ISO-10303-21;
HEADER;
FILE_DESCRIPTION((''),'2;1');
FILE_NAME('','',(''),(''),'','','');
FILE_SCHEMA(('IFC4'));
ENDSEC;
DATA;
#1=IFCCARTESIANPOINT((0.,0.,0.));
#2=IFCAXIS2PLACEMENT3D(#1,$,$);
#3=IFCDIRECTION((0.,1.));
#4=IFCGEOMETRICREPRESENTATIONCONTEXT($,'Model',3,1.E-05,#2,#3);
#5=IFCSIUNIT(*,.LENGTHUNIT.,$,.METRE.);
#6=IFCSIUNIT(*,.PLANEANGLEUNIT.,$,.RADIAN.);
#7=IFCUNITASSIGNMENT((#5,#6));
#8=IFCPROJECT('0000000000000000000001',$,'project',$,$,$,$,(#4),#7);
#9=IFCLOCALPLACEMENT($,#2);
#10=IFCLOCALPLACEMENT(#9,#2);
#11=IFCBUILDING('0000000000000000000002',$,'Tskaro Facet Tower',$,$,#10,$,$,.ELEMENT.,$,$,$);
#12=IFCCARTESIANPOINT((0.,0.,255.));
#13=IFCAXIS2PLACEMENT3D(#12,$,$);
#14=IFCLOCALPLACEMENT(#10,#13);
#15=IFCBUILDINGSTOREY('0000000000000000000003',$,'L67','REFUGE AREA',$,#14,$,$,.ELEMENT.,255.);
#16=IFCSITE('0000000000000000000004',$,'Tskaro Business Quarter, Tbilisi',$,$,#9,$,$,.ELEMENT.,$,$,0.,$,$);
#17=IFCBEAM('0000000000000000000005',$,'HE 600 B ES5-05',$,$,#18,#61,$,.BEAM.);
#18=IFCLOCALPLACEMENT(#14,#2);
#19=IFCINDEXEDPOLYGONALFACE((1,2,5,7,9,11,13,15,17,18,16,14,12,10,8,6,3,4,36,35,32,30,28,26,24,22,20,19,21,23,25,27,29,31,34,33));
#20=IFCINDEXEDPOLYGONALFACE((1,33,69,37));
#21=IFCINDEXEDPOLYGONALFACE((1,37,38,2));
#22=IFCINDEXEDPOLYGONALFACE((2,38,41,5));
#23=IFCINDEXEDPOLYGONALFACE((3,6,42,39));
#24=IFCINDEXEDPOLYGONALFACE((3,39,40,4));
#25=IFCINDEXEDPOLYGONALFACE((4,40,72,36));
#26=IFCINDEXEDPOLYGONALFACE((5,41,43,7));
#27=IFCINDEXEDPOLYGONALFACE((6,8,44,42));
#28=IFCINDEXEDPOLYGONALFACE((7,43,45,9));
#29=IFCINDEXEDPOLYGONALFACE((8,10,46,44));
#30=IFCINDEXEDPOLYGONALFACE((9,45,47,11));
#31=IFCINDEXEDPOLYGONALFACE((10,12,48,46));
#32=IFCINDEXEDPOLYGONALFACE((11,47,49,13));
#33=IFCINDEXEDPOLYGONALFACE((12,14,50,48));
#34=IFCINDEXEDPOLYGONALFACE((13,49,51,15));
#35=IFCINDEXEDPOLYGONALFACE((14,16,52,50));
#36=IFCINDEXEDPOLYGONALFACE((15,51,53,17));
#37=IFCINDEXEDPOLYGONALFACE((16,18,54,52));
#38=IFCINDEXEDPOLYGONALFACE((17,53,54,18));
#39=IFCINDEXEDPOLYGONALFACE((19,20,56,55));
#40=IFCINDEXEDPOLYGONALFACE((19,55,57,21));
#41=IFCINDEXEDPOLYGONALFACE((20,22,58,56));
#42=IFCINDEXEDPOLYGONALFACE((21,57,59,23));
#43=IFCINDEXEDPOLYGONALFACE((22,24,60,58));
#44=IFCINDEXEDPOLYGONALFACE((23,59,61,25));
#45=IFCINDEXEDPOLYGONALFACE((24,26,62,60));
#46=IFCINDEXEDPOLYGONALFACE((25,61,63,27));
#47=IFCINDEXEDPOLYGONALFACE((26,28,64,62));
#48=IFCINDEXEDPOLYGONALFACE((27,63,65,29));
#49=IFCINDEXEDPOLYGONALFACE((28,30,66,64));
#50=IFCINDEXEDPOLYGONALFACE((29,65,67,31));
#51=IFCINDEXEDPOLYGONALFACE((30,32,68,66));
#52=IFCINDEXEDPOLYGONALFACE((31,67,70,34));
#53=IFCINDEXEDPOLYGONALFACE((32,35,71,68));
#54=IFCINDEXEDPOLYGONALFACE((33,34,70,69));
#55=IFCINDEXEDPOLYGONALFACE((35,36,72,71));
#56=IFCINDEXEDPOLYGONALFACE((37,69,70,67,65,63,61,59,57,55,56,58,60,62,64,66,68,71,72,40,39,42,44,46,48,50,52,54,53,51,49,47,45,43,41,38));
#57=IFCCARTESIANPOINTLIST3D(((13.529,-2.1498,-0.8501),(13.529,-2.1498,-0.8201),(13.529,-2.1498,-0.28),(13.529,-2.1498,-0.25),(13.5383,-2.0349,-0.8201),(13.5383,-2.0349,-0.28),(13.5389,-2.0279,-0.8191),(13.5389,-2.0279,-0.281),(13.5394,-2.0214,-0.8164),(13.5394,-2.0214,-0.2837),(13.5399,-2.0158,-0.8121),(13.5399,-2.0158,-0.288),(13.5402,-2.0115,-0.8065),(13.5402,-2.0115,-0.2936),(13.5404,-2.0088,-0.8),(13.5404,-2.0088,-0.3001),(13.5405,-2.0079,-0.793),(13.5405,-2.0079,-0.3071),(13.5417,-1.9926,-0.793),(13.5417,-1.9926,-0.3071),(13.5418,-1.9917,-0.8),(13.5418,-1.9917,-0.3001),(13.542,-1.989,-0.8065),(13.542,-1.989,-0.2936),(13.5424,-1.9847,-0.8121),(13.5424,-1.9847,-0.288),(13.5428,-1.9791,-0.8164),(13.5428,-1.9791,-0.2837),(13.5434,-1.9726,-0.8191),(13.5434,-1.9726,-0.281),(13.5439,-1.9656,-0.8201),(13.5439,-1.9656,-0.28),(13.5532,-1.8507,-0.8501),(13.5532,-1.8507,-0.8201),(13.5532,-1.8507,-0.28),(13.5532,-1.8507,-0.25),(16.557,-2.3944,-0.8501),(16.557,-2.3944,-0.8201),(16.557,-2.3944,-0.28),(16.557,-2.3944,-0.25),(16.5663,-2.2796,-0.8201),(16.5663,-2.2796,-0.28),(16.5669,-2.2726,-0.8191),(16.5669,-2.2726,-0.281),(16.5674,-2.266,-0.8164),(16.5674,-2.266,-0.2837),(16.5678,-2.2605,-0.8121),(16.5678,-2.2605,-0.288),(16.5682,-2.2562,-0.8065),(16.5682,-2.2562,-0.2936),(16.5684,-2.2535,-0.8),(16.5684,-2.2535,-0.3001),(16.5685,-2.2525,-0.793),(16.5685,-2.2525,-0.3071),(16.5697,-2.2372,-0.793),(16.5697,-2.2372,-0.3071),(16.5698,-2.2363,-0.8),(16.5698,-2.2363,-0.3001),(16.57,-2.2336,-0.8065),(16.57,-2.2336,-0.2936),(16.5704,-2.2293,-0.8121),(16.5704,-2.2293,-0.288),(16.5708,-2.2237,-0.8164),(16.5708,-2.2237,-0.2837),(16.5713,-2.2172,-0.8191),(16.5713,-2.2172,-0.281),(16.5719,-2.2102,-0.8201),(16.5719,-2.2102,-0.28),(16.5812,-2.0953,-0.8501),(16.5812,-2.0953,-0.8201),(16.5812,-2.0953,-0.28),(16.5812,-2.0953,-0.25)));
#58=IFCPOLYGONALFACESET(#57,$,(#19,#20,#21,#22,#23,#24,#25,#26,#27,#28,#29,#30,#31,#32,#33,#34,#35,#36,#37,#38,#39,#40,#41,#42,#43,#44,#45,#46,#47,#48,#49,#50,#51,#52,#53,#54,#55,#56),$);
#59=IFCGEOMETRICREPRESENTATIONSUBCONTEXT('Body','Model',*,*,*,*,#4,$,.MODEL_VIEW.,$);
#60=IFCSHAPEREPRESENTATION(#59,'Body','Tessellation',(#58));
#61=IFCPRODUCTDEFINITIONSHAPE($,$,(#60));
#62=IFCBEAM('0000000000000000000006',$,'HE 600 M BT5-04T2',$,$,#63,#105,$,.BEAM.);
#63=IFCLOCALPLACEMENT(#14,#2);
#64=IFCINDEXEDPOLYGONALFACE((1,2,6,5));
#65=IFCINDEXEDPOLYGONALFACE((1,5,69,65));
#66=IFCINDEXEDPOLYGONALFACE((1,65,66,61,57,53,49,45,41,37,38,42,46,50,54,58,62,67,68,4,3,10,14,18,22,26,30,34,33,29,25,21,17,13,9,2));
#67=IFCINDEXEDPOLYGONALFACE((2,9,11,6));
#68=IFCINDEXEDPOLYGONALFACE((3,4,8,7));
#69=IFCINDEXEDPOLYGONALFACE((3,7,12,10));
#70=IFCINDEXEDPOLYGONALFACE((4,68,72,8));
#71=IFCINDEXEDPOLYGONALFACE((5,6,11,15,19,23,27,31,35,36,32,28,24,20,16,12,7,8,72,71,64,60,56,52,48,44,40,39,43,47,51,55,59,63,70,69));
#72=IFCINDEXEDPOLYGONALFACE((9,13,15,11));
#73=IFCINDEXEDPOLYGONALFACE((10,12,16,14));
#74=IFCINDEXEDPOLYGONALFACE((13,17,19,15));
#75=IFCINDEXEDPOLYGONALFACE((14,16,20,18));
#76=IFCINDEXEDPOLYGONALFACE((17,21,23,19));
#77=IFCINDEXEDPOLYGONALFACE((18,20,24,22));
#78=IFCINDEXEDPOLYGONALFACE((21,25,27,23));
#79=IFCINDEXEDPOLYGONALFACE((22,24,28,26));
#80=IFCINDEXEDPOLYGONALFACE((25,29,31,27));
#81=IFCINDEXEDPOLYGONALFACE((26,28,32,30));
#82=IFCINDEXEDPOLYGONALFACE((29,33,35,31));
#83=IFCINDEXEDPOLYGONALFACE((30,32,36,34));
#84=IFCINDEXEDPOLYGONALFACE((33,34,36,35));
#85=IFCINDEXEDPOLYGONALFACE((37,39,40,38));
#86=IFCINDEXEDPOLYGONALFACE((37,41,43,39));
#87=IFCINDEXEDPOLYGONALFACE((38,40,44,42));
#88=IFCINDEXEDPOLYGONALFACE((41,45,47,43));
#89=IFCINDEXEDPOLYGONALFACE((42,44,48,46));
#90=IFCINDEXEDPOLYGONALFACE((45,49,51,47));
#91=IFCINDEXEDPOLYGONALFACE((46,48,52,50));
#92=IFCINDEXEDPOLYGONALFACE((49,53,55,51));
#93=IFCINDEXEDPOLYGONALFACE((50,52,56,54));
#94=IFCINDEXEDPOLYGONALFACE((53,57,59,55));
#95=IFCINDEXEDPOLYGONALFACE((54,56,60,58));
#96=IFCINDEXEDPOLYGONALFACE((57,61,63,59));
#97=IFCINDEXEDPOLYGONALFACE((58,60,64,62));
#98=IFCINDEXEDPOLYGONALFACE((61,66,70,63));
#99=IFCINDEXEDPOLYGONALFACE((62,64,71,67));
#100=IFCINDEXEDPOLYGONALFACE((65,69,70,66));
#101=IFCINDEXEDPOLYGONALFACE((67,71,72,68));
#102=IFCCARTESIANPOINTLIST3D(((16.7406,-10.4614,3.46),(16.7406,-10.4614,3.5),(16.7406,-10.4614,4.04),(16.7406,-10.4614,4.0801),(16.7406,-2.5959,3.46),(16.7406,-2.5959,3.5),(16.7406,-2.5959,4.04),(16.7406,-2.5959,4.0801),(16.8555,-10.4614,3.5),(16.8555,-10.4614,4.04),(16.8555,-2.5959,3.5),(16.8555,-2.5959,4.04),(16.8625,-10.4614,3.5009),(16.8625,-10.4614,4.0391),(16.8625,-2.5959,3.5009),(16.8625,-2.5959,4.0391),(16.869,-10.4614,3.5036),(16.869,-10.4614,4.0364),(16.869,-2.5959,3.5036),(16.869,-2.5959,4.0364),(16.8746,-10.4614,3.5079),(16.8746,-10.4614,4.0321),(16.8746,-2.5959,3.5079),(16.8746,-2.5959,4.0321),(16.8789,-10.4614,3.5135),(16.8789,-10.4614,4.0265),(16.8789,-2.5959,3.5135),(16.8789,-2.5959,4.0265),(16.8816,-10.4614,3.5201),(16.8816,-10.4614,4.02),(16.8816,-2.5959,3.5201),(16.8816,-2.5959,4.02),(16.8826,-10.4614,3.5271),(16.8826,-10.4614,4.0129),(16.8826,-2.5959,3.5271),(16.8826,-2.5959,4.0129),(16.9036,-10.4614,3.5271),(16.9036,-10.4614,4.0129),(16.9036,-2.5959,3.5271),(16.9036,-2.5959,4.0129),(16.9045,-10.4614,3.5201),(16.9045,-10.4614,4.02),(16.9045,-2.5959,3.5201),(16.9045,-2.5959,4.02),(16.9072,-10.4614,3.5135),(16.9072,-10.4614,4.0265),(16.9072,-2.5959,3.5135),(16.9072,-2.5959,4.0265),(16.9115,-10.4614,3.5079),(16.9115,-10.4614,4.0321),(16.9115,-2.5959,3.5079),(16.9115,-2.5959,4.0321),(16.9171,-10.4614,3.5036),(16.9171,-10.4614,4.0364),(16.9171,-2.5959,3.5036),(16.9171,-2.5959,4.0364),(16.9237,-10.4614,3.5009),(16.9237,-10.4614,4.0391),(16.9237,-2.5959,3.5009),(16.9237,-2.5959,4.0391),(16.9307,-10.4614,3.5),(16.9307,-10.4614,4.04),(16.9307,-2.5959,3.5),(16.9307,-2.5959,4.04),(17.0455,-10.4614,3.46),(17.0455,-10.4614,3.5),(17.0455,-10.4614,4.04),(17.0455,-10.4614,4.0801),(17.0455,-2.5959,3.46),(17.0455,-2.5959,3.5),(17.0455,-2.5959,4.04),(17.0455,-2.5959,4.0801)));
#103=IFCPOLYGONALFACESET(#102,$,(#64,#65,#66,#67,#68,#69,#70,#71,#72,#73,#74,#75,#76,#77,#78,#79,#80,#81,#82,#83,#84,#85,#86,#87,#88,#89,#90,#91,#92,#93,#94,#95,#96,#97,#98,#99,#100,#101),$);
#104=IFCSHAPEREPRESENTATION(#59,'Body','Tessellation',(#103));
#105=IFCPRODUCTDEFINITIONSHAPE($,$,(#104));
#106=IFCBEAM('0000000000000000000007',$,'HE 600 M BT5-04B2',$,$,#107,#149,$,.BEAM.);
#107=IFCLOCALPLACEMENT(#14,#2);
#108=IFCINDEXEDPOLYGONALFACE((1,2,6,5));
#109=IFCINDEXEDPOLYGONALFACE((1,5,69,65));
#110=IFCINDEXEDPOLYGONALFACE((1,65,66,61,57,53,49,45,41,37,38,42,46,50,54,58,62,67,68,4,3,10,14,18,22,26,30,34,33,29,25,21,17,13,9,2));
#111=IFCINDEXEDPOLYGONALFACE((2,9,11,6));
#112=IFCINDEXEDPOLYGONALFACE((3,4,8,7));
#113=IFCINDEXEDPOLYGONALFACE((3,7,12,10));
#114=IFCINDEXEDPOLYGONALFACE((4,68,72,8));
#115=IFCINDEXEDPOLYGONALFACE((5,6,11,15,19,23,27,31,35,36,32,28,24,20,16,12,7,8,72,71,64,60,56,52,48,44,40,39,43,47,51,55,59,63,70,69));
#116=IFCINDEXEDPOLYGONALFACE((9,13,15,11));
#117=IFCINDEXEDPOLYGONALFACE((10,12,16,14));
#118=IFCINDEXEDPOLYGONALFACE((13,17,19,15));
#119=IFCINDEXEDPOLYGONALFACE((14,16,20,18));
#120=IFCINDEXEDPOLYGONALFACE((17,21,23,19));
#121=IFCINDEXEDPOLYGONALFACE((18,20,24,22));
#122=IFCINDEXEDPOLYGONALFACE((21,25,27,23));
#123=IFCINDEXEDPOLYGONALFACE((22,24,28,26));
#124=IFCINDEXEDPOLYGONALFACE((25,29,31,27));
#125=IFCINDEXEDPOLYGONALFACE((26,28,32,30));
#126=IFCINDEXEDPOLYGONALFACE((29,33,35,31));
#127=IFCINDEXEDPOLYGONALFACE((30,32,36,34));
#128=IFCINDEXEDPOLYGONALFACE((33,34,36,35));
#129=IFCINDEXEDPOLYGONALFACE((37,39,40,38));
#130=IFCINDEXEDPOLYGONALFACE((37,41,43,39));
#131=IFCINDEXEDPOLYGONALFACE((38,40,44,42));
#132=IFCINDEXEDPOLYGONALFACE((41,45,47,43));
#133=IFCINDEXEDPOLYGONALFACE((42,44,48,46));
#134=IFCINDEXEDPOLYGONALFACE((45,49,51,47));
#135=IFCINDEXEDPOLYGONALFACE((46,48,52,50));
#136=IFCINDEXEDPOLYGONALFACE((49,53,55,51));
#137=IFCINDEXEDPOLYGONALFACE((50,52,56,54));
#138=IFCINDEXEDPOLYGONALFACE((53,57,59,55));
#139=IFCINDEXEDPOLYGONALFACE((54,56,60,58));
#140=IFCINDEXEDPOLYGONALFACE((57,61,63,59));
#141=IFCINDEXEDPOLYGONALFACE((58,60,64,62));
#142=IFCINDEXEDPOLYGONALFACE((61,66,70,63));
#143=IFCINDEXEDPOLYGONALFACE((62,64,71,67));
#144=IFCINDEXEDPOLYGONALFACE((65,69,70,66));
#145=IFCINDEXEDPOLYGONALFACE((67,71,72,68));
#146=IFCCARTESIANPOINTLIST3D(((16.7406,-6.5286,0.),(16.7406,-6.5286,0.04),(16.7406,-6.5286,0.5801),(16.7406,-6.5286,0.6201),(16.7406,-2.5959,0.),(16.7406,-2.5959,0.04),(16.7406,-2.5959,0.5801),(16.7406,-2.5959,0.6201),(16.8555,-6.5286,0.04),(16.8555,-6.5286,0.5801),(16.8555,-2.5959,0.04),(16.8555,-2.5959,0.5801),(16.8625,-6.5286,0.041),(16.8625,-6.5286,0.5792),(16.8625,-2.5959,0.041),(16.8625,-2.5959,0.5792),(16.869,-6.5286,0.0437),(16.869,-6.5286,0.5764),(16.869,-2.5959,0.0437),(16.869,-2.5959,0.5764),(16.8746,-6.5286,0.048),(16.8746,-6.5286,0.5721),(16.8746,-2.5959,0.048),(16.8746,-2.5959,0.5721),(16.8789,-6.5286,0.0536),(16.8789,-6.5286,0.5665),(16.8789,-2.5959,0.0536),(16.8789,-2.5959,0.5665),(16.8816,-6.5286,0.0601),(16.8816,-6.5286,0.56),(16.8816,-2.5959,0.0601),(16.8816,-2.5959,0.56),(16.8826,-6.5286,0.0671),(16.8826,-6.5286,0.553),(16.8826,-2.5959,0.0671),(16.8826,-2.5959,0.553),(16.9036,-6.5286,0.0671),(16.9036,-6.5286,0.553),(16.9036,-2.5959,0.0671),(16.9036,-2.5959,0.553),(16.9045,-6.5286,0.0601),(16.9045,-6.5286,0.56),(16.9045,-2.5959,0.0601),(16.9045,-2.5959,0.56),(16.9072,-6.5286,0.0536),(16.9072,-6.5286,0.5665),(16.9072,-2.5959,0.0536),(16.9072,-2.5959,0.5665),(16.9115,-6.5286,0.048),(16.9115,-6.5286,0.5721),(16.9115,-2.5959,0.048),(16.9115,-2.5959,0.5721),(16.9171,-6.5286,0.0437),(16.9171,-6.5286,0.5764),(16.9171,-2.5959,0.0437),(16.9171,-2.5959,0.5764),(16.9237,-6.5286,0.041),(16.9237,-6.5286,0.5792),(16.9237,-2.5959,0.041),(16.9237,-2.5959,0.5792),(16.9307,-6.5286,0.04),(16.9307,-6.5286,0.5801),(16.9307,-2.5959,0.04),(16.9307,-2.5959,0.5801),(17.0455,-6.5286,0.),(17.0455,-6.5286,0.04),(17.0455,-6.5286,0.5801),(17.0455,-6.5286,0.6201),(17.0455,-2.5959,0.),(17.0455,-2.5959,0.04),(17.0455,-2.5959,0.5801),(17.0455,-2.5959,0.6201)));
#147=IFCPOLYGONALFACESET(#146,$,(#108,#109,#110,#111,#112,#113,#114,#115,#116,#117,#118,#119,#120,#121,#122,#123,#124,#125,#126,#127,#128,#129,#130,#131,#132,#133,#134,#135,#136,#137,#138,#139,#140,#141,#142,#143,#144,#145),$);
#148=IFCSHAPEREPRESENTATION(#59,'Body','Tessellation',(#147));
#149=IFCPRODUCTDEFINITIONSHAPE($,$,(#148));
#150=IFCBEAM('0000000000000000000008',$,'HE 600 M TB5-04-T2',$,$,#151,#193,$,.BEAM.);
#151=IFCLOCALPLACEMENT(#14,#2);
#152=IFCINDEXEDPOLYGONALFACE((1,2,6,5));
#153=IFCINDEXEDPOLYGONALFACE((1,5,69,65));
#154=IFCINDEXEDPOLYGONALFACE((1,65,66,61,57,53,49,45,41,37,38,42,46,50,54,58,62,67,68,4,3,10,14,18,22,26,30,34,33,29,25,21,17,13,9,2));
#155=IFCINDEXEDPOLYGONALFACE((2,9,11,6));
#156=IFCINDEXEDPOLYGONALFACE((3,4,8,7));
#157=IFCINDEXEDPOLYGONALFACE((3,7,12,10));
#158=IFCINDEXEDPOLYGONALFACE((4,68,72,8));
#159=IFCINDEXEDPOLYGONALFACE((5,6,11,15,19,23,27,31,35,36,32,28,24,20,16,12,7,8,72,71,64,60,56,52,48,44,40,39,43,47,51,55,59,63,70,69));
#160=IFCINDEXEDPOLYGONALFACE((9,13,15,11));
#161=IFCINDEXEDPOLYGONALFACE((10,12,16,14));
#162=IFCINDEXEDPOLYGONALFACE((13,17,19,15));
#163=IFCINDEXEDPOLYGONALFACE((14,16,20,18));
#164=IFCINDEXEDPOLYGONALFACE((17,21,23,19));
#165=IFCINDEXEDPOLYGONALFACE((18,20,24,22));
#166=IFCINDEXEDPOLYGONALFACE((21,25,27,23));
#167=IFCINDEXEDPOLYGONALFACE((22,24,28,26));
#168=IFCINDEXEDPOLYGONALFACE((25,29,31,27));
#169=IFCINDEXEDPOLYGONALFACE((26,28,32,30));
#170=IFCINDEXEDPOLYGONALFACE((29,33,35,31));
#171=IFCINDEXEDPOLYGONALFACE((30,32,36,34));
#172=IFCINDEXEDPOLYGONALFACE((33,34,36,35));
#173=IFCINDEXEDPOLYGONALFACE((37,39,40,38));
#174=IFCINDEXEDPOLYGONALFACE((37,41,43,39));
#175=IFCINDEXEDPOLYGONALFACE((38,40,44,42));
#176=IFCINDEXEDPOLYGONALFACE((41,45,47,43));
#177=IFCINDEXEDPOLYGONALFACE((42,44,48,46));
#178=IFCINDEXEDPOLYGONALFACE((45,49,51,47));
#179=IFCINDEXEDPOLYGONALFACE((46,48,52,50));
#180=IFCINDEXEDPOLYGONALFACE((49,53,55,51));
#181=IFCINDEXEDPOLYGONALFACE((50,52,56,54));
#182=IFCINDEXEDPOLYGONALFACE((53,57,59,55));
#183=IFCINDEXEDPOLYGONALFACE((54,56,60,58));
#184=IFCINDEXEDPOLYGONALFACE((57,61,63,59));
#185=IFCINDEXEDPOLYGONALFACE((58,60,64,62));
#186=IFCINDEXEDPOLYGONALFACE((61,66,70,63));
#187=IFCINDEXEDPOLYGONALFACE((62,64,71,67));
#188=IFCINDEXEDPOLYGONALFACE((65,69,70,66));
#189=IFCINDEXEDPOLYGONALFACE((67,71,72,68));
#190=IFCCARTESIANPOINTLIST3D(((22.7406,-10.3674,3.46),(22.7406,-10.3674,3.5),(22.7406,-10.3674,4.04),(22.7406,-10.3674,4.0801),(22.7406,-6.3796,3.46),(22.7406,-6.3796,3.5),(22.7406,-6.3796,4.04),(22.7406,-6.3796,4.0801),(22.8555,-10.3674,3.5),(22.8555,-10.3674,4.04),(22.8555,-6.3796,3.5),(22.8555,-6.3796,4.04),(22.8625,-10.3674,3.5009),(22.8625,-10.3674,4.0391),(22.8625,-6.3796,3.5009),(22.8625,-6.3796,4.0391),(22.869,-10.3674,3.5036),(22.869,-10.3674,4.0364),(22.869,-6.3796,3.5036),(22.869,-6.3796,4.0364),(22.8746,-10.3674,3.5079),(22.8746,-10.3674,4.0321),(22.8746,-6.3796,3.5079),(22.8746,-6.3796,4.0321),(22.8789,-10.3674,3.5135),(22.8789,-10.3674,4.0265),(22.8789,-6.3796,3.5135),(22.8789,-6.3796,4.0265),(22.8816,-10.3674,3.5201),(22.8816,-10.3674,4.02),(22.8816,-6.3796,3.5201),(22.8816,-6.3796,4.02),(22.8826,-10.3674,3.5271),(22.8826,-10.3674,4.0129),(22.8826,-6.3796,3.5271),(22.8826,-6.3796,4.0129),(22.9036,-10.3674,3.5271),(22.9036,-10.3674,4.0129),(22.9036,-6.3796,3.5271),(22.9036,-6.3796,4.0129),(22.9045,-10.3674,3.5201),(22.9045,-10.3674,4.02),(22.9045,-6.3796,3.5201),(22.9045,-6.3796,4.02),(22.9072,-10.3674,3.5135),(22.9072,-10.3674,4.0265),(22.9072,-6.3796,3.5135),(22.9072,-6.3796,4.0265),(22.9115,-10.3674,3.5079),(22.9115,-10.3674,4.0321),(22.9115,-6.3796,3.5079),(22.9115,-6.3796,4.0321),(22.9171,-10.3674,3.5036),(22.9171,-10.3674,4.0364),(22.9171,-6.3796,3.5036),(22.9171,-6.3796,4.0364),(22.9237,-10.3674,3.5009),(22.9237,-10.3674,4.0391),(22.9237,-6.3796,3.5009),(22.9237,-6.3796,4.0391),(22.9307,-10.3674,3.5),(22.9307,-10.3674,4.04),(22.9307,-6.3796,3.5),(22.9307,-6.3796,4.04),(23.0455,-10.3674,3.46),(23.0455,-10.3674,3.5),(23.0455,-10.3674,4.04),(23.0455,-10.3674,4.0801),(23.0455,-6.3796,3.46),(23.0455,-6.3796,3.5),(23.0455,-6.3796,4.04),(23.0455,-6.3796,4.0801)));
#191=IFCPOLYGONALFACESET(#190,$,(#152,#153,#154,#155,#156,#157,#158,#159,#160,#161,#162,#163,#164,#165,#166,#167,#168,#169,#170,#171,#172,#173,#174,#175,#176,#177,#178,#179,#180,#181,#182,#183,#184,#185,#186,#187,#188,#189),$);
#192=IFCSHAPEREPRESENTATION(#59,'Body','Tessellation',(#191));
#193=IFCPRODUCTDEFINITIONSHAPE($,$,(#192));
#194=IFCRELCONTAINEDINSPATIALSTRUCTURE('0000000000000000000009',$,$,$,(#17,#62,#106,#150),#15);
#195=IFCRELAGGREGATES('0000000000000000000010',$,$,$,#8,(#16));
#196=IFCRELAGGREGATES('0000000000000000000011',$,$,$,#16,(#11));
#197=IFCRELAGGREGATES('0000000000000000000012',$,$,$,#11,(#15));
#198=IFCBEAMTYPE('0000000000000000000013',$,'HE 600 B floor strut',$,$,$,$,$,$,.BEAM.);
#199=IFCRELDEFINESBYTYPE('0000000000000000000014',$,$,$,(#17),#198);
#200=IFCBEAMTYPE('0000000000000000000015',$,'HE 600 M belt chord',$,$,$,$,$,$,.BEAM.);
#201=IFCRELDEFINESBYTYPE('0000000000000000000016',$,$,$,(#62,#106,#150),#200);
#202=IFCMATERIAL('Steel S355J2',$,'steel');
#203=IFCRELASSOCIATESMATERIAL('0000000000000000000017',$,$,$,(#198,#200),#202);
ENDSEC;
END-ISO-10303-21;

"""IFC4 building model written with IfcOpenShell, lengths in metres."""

from ifc_helpers import new_model, si_unit, direction, frame, origin, origin_2d, place, context, subcontext, project, spatial, i_section, extrude, material, material_profile, profile_set, type_object, element, save


model = new_model("IFC4")

# Units and contexts
model_context = context("Model", 3, precision=1e-05, world=origin(), true_north=direction((0.0, 1.0)))
body_context = subcontext(model_context, "Body", "Model", "MODEL_VIEW")
ifc_project = project(units=[si_unit("LENGTHUNIT", "METRE"), si_unit("PLANEANGLEUNIT", "RADIAN")], contexts=[model_context])

# Site, building, storey
site_placement = place(None, origin())
site = spatial("IfcSite", under=ifc_project, at=site_placement, Name="Tskaro Business Quarter, Tbilisi", CompositionType="ELEMENT", RefElevation=0.0)
building_placement = place(site_placement, origin())
building = spatial("IfcBuilding", under=site, at=building_placement, Name="Tskaro Facet Tower", CompositionType="ELEMENT")
storey_placement = place(building_placement, frame((0.0, 0.0, 255.0)))
storey = spatial("IfcBuildingStorey", under=building, at=storey_placement, Name="L67", Description="REFUGE AREA", CompositionType="ELEMENT", Elevation=255.0)

# Shared definitions
ifc_material_1 = material(Name="Steel S355J2", Category="steel")

# Beams
ifc_material_profile_1 = material_profile(ifc_material_1, i_section(OverallWidth=0.3, OverallDepth=0.6001, WebThickness=0.0154, FlangeThickness=0.03, FilletRadius=0.0271, at=origin_2d()), Name="HE 600 B")
ifc_profile_set_1 = profile_set([ifc_material_profile_1], Name="Steel S355J2")
beam_type_1 = type_object("IfcBeamType", Name="HE 600 B floor strut", PredefinedType="BEAM", material=ifc_profile_set_1)
beam_1_placement = place(storey_placement, frame((16.5691, -2.2449, -0.55), z_axis=(-0.996753, 0.080525, 0.0), x_axis=(-0.080525, -0.996753, 0.0)))
element("IfcBeam", 1, at=beam_1_placement, inside=storey, type_object=beam_type_1, Name="HE 600 B ES5-05", PredefinedType="BEAM", context=body_context, shape_type="SweptSolid", body=[
    extrude(i_section(OverallWidth=0.3, OverallDepth=0.6001, WebThickness=0.0154, FlangeThickness=0.03, FilletRadius=0.0271, at=origin_2d()), origin(), (0.0, 0.0, 1.0), 3.0378),
])
ifc_material_profile_2 = material_profile(ifc_material_1, i_section(OverallWidth=0.3049, OverallDepth=0.6201, WebThickness=0.021, FlangeThickness=0.04, FilletRadius=0.0271, at=origin_2d()), Name="HE 600 M")
ifc_profile_set_2 = profile_set([ifc_material_profile_2], Name="Steel S355J2")
beam_type_2 = type_object("IfcBeamType", Name="HE 600 M belt chord", PredefinedType="BEAM", material=ifc_profile_set_2)
beam_2_placement = place(storey_placement, frame((16.8931, -10.4614, 3.77), z_axis=(0.0, 1.0, 0.0), x_axis=(-1.0, 0.0, 0.0)))
element("IfcBeam", 2, at=beam_2_placement, inside=storey, type_object=beam_type_2, Name="HE 600 M BT5-04T2", PredefinedType="BEAM", context=body_context, shape_type="SweptSolid", body=[
    extrude(i_section(OverallWidth=0.3049, OverallDepth=0.6201, WebThickness=0.021, FlangeThickness=0.04, FilletRadius=0.0271, at=origin_2d()), origin(), (0.0, 0.0, 1.0), 7.8655),
])
beam_3_placement = place(storey_placement, frame((16.8931, -6.5286, 0.3101), z_axis=(0.0, 1.0, 0.0), x_axis=(-1.0, 0.0, 0.0)))
element("IfcBeam", 3, at=beam_3_placement, inside=storey, type_object=beam_type_2, Name="HE 600 M BT5-04B2", PredefinedType="BEAM", context=body_context, shape_type="SweptSolid", body=[
    extrude(i_section(OverallWidth=0.3049, OverallDepth=0.6201, WebThickness=0.021, FlangeThickness=0.04, FilletRadius=0.0271, at=origin_2d()), origin(), (0.0, 0.0, 1.0), 3.9326),
])
for number, where, z_axis, x_axis, name in (
    (4, (22.8931, -10.3674, 3.77), (0.0, 1.0, 0.0), (-1.0, 0.0, 0.0), "HE 600 M TB5-04-T2"),
):
    element("IfcBeam", number, at=place(storey_placement, frame(where, z_axis=z_axis, x_axis=x_axis)), inside=storey, type_object=beam_type_2, Name=name, PredefinedType="BEAM", context=body_context, shape_type="SweptSolid", body=[
        extrude(i_section(OverallWidth=0.3049, OverallDepth=0.6201, WebThickness=0.021, FlangeThickness=0.04, FilletRadius=0.0271, at=origin_2d()), origin(), (0.0, 0.0, 1.0), 3.9878),
    ])

save(model, "model.ifc")
